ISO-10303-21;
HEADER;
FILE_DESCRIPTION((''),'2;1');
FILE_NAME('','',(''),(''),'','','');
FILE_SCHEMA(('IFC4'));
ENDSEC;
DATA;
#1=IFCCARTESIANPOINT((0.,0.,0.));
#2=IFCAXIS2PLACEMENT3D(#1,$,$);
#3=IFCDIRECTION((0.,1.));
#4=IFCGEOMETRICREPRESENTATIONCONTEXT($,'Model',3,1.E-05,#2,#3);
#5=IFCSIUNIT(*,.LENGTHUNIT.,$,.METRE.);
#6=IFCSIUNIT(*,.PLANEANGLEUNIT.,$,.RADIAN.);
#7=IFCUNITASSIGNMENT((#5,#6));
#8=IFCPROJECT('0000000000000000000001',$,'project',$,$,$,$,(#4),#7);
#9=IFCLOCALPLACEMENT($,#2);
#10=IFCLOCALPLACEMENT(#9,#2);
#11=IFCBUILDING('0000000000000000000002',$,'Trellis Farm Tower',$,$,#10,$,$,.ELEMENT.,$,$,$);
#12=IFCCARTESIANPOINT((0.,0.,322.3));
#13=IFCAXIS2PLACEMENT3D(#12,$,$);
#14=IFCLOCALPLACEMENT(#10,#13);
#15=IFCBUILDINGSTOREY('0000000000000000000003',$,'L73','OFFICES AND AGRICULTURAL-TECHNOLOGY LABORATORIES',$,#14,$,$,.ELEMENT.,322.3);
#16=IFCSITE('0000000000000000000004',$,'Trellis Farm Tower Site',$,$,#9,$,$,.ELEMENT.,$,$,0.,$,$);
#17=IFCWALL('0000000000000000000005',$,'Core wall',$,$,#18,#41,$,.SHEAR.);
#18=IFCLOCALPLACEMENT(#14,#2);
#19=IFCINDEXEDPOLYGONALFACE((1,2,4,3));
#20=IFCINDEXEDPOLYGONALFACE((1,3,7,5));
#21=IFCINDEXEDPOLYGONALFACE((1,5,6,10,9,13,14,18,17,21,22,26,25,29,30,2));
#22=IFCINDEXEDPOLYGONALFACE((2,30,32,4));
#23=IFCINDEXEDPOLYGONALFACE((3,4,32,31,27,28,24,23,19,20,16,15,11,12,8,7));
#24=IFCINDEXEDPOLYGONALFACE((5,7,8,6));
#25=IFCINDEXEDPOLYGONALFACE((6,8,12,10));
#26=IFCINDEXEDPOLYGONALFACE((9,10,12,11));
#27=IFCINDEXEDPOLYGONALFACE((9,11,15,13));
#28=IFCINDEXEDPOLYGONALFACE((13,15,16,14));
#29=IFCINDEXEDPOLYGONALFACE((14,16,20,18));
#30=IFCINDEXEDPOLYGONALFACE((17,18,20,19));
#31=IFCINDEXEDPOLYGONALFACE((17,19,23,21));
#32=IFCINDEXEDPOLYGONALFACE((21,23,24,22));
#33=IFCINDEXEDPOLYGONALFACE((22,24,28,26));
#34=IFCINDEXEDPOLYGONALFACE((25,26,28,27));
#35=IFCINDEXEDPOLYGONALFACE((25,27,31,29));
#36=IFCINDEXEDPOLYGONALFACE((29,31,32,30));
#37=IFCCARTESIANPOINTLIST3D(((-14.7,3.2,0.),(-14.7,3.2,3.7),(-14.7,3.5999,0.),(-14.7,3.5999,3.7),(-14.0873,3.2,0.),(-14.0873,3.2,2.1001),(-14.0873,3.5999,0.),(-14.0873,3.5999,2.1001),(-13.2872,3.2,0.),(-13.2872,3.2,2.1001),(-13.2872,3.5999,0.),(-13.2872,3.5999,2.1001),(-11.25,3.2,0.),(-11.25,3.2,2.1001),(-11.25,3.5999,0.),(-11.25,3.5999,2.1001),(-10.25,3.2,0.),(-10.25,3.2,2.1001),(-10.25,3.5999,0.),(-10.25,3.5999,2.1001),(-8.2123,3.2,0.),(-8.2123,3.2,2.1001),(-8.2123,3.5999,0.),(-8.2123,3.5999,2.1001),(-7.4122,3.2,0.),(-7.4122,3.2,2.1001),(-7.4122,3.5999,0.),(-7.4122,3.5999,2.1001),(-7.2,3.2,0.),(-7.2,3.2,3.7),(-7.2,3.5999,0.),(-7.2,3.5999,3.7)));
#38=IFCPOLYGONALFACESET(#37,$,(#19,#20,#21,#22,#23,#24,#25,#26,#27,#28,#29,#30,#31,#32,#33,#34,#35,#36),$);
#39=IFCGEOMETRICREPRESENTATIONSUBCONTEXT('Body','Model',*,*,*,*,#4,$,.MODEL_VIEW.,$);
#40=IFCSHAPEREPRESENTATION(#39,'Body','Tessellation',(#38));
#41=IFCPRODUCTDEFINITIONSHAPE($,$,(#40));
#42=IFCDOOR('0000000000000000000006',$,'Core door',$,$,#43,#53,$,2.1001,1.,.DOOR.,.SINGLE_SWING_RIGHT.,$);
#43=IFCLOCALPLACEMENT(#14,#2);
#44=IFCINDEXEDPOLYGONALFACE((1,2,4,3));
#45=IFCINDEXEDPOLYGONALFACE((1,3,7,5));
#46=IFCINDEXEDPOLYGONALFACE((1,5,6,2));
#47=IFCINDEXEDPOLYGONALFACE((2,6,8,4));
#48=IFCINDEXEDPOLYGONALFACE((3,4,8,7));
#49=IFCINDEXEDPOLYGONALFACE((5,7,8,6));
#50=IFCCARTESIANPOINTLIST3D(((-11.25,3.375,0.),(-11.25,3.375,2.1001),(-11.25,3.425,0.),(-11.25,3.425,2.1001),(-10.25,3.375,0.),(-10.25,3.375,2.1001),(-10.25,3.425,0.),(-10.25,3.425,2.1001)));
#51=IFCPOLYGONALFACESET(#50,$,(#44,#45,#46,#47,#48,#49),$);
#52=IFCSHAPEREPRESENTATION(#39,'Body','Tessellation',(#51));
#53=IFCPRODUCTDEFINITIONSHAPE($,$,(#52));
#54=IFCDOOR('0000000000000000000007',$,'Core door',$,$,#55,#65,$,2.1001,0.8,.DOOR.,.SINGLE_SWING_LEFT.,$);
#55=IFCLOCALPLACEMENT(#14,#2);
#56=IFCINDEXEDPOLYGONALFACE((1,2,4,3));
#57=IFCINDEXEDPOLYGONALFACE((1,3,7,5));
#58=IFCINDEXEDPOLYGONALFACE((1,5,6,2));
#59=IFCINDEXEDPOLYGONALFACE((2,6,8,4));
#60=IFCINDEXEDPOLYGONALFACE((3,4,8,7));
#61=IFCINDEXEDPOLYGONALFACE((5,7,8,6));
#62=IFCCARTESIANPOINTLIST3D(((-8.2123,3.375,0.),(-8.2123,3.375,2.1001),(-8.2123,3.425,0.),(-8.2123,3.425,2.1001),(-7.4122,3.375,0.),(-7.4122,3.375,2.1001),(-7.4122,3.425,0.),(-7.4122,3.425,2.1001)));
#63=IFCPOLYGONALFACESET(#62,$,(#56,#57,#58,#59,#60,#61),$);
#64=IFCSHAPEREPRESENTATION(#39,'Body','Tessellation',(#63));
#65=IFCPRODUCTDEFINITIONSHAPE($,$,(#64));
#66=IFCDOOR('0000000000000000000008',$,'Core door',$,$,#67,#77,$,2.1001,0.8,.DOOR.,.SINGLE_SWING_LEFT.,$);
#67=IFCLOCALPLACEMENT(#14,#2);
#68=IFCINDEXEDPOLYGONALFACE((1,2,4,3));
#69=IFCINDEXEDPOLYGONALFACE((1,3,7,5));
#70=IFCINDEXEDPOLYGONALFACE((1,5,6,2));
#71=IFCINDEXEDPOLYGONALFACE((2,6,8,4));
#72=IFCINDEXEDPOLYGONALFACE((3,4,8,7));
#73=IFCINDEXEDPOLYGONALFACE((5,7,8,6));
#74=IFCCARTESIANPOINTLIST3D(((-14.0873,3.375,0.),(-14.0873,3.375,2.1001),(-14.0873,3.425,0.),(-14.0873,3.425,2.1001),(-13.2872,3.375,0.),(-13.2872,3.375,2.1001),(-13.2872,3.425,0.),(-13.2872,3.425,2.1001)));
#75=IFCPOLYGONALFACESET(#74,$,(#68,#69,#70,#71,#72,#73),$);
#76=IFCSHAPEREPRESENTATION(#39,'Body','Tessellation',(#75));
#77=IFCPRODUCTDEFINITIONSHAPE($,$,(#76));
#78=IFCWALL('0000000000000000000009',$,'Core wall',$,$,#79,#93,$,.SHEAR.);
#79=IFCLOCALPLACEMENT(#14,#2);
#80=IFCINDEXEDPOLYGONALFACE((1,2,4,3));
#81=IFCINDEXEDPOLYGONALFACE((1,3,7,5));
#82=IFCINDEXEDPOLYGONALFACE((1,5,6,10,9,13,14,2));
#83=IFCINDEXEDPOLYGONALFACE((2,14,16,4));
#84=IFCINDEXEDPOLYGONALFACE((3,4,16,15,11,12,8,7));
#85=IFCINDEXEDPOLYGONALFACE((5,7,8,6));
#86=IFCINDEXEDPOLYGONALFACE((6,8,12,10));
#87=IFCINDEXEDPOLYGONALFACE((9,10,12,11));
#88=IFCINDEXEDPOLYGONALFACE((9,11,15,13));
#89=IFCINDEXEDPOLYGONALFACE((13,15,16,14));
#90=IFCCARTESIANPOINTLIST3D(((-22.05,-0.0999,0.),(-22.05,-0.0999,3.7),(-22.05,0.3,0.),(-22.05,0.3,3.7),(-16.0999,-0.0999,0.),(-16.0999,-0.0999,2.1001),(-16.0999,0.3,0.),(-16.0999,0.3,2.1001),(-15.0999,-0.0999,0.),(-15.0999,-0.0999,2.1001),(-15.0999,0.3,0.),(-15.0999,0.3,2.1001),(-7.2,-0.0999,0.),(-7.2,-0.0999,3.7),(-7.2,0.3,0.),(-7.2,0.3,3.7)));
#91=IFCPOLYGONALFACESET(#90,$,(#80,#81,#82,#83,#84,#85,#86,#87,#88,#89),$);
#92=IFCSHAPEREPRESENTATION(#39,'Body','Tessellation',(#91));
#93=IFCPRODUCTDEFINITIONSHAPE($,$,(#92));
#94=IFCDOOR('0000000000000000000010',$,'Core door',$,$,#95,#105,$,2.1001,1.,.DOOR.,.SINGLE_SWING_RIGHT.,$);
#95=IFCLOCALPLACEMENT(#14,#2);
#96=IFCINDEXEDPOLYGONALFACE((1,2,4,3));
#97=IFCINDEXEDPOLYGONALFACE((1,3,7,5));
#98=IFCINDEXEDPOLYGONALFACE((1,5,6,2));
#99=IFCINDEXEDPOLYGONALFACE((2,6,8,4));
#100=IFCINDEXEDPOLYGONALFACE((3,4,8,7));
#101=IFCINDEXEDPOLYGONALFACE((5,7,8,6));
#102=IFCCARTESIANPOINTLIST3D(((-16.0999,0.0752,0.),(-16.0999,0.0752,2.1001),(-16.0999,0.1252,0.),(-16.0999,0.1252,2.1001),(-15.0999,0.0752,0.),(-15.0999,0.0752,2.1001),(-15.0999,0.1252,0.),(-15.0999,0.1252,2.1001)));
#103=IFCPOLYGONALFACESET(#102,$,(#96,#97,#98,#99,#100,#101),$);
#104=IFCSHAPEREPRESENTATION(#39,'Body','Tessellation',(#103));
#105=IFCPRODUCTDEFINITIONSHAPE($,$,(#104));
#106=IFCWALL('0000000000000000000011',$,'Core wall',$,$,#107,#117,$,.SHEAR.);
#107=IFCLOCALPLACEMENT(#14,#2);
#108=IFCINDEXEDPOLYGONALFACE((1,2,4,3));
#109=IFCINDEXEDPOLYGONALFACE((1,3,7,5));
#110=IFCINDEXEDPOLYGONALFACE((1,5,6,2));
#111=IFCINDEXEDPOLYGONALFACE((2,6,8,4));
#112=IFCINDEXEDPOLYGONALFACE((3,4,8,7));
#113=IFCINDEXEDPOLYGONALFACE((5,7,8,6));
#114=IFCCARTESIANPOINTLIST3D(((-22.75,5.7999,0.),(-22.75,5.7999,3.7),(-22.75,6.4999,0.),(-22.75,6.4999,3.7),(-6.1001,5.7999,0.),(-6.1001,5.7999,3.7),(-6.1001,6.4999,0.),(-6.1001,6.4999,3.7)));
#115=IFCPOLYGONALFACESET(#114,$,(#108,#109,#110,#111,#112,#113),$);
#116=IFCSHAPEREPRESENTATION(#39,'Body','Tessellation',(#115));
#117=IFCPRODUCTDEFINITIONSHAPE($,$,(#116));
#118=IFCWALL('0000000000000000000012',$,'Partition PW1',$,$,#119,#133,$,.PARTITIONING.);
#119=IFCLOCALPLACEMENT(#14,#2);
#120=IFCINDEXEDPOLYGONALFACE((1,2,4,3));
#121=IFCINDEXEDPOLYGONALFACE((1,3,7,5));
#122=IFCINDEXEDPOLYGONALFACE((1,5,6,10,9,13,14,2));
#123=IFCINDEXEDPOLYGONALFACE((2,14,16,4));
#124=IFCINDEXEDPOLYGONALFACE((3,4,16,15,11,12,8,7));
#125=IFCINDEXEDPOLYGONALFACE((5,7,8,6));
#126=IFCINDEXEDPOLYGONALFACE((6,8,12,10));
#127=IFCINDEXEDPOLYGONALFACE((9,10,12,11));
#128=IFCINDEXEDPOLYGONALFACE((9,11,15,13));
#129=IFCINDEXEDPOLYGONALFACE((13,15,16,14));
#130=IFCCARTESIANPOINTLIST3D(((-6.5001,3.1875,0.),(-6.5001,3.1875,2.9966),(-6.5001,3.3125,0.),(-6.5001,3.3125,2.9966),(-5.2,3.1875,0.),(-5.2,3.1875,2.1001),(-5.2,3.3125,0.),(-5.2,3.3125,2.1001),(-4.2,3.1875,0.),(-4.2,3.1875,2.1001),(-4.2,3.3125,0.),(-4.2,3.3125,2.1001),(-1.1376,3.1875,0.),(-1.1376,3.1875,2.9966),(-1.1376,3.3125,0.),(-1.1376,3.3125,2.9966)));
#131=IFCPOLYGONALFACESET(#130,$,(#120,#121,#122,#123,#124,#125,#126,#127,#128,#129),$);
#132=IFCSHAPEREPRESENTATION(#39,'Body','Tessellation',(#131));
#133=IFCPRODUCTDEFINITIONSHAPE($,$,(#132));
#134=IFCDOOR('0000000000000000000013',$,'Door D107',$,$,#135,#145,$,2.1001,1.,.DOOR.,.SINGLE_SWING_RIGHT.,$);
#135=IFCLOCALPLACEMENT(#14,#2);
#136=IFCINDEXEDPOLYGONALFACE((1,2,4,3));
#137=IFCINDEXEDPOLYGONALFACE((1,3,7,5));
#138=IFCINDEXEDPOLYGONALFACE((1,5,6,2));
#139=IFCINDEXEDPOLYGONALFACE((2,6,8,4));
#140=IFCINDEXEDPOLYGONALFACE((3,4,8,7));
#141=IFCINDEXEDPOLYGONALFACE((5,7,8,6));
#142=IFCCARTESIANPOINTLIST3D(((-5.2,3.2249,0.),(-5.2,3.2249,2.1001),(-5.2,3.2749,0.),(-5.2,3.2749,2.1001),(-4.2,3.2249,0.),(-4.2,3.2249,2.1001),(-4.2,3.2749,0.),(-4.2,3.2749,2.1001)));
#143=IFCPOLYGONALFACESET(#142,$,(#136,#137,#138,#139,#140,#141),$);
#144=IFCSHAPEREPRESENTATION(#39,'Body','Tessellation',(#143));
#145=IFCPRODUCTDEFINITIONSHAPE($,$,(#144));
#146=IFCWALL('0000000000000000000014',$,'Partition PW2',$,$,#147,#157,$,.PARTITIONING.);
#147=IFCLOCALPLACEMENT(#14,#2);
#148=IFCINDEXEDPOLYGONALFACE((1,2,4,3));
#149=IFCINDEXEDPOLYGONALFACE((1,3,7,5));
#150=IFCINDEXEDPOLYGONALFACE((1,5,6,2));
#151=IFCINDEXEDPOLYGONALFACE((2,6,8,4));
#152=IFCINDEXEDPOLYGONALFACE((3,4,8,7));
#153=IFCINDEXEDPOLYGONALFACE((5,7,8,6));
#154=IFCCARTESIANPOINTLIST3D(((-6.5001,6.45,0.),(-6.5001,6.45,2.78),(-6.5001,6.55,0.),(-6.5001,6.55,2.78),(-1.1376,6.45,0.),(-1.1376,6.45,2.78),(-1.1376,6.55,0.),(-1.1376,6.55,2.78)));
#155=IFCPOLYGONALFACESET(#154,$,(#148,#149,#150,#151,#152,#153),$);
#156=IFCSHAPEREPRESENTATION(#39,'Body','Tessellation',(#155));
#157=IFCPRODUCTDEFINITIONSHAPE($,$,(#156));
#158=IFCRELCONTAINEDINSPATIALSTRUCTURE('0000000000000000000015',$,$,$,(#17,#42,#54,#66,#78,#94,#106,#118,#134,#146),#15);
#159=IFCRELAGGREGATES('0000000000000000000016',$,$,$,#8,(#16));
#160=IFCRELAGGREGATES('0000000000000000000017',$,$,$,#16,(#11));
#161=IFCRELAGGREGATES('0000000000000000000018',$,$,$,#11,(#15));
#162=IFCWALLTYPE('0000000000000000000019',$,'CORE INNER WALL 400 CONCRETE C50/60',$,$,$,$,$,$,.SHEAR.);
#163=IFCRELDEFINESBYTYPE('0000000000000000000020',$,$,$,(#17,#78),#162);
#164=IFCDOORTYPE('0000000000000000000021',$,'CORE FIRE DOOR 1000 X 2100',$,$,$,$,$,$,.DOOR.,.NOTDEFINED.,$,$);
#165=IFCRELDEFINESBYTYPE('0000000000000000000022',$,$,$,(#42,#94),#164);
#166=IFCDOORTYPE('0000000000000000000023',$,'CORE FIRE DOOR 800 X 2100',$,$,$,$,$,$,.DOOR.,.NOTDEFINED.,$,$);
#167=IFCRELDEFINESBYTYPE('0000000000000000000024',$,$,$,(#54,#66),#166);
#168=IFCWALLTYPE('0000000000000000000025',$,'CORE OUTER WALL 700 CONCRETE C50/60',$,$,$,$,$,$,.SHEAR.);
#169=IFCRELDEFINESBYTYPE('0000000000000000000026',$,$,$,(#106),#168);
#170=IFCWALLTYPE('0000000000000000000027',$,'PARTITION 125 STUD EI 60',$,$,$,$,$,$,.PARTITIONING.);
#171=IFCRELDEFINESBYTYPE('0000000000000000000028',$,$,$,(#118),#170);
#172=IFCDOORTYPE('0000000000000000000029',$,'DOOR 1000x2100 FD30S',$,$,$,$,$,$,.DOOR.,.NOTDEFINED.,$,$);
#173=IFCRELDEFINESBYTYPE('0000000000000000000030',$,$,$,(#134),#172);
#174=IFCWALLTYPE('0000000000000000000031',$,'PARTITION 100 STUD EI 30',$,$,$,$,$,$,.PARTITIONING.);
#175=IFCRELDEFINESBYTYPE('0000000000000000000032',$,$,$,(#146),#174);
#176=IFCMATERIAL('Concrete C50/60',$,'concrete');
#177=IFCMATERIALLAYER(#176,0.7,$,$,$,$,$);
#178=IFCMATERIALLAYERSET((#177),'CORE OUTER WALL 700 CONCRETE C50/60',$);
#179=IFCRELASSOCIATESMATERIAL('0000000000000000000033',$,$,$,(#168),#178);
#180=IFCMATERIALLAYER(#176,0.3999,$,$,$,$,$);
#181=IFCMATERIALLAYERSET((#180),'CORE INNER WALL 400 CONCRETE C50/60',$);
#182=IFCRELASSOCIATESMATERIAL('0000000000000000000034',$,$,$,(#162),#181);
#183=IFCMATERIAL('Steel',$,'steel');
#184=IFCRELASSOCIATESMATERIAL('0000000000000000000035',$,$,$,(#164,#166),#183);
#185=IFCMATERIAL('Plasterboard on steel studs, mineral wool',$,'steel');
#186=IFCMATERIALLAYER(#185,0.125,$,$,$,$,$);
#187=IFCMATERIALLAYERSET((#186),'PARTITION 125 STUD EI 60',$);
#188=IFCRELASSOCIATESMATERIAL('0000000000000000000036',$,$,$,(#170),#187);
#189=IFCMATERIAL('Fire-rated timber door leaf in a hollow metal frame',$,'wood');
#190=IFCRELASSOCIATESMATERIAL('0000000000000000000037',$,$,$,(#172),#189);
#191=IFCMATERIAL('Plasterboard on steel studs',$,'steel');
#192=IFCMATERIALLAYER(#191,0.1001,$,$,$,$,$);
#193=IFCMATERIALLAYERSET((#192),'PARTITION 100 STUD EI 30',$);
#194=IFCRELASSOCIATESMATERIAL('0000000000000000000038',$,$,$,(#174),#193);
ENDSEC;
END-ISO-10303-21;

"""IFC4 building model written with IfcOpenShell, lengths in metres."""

from ifc_helpers import new_model, si_unit, direction, frame, frame_2d, origin, place, context, subcontext, project, spatial, rectangle, extrude, source, transform, mapped, material, layer, layer_set, type_object, element, fill, save


model = new_model("IFC4")

# Units and contexts
model_context = context("Model", 3, precision=1e-05, world=origin(), true_north=direction((0.0, 1.0)))
body_context = subcontext(model_context, "Body", "Model", "MODEL_VIEW")
ifc_project = project(units=[si_unit("LENGTHUNIT", "METRE"), si_unit("PLANEANGLEUNIT", "RADIAN")], contexts=[model_context])

# Site, building, storey
site_placement = place(None, origin())
site = spatial("IfcSite", under=ifc_project, at=site_placement, Name="Trellis Farm Tower Site", CompositionType="ELEMENT", RefElevation=0.0)
building_placement = place(site_placement, origin())
building = spatial("IfcBuilding", under=site, at=building_placement, Name="Trellis Farm Tower", CompositionType="ELEMENT")
storey_placement = place(building_placement, frame((0.0, 0.0, 322.3)))
storey = spatial("IfcBuildingStorey", under=building, at=storey_placement, Name="L73", Description="OFFICES AND AGRICULTURAL-TECHNOLOGY LABORATORIES", CompositionType="ELEMENT", Elevation=322.3)

# Shared definitions
ifc_material_1 = material(Name="Concrete C50/60", Category="concrete")
ifc_layer_1 = layer(ifc_material_1, 0.7)
ifc_layer_set_1 = layer_set([ifc_layer_1], Name="CORE OUTER WALL 700 CONCRETE C50/60")
wall_type_1 = type_object("IfcWallType", Name="CORE OUTER WALL 700 CONCRETE C50/60", PredefinedType="SHEAR", material=ifc_layer_set_1)
ifc_material_2 = material(Name="Steel", Category="steel")

# Wall, openings, doors
ifc_layer_2 = layer(ifc_material_1, 0.3999)
ifc_layer_set_2 = layer_set([ifc_layer_2], Name="CORE INNER WALL 400 CONCRETE C50/60")
wall_type_2 = type_object("IfcWallType", Name="CORE INNER WALL 400 CONCRETE C50/60", PredefinedType="SHEAR", material=ifc_layer_set_2)
shared_shape_1 = source(origin(), body_context, "Body", "SweptSolid", [
    extrude(rectangle(XDim=7.5, YDim=0.3999, at=frame_2d((3.75, 0.0))), origin(), (0.0, 0.0, 1.0), 3.7),
])
wall_1_placement = place(storey_placement, frame((-7.2, 3.3999, 0.0), z_axis=(0.0, 0.0, 1.0), x_axis=(-1.0, 0.0, 0.0)))
wall_1 = element("IfcWall", 1, at=wall_1_placement, inside=storey, type_object=wall_type_2, Name="Core wall", PredefinedType="SHEAR", context=body_context, shape_type="MappedRepresentation", body=[
    mapped(shared_shape_1, transform((0.0, 0.0, 0.0))),
])
shared_shape_2 = source(origin(), body_context, "Body", "SweptSolid", [
    extrude(rectangle(XDim=0.8, YDim=2.1001, at=frame_2d((0.3999, 1.05))), frame((0.0, 0.21, 0.0), z_axis=(0.0, -1.0, 0.0), x_axis=(1.0, 0.0, 0.0)), (0.0, 0.0, 1.0), 0.4199),
])
opening_1_placement = place(wall_1_placement, frame((0.2124, 0.0, 0.0)))
opening_1 = element("IfcOpeningElement", 2, at=opening_1_placement, cuts=wall_1, PredefinedType="OPENING", context=body_context, shape_type="MappedRepresentation", body=[
    mapped(shared_shape_2, transform((0.0, 0.0, 0.0))),
])
shared_shape_3 = source(origin(), body_context, "Body", "SweptSolid", [
    extrude(rectangle(XDim=1.0, YDim=2.1001, at=frame_2d((0.5, 1.05))), frame((0.0, 0.21, 0.0), z_axis=(0.0, -1.0, 0.0), x_axis=(1.0, 0.0, 0.0)), (0.0, 0.0, 1.0), 0.4199),
])
opening_2_placement = place(wall_1_placement, frame((3.05, 0.0, 0.0)))
opening_2 = element("IfcOpeningElement", 3, at=opening_2_placement, cuts=wall_1, PredefinedType="OPENING", context=body_context, shape_type="MappedRepresentation", body=[
    mapped(shared_shape_3, transform((0.0, 0.0, 0.0))),
])
opening_3_placement = place(wall_1_placement, frame((6.0874, 0.0, 0.0)))
opening_3 = element("IfcOpeningElement", 4, at=opening_3_placement, cuts=wall_1, PredefinedType="OPENING", context=body_context, shape_type="MappedRepresentation", body=[
    mapped(shared_shape_2, transform((0.0, 0.0, 0.0))),
])
door_type_1 = type_object("IfcDoorType", Name="CORE FIRE DOOR 1000 X 2100", OperationType="NOTDEFINED", PredefinedType="DOOR", material=ifc_material_2)
shared_shape_4 = source(origin(), body_context, "Body", "SweptSolid", [
    extrude(rectangle(XDim=1.0, YDim=2.1001, at=frame_2d((0.5, 1.05))), frame((0.0, 0.0249, 0.0), z_axis=(0.0, -1.0, 0.0), x_axis=(1.0, 0.0, 0.0)), (0.0, 0.0, 1.0), 0.05),
])
door_1_placement = place(opening_2_placement, origin())
door_1 = element("IfcDoor", 5, at=door_1_placement, inside=storey, type_object=door_type_1, Name="Core door", OperationType="SINGLE_SWING_RIGHT", OverallHeight=2.1001, OverallWidth=1.0, PredefinedType="DOOR", context=body_context, shape_type="MappedRepresentation", body=[
    mapped(shared_shape_4, transform((0.0, 0.0, 0.0))),
])
fill(opening_2, door_1)
door_type_2 = type_object("IfcDoorType", Name="CORE FIRE DOOR 800 X 2100", OperationType="NOTDEFINED", PredefinedType="DOOR", material=ifc_material_2)
shared_shape_5 = source(origin(), body_context, "Body", "SweptSolid", [
    extrude(rectangle(XDim=0.8, YDim=2.1001, at=frame_2d((0.3999, 1.05))), frame((0.0, 0.0249, 0.0), z_axis=(0.0, -1.0, 0.0), x_axis=(1.0, 0.0, 0.0)), (0.0, 0.0, 1.0), 0.05),
])
door_2_placement = place(opening_1_placement, origin())
door_2 = element("IfcDoor", 6, at=door_2_placement, inside=storey, type_object=door_type_2, Name="Core door", OperationType="SINGLE_SWING_LEFT", OverallHeight=2.1001, OverallWidth=0.8, PredefinedType="DOOR", context=body_context, shape_type="MappedRepresentation", body=[
    mapped(shared_shape_5, transform((0.0, 0.0, 0.0))),
])
fill(opening_1, door_2)
door_3_placement = place(opening_3_placement, origin())
door_3 = element("IfcDoor", 7, at=door_3_placement, inside=storey, type_object=door_type_2, Name="Core door", OperationType="SINGLE_SWING_LEFT", OverallHeight=2.1001, OverallWidth=0.8, PredefinedType="DOOR", context=body_context, shape_type="MappedRepresentation", body=[
    mapped(shared_shape_5, transform((0.0, 0.0, 0.0))),
])
fill(opening_3, door_3)

# Wall, opening, door
shared_shape_6 = source(origin(), body_context, "Body", "SweptSolid", [
    extrude(rectangle(XDim=14.8501, YDim=0.3999, at=frame_2d((7.425, 0.0))), origin(), (0.0, 0.0, 1.0), 3.7),
])
wall_2_placement = place(storey_placement, frame((-7.2, 0.1001, 0.0), z_axis=(0.0, 0.0, 1.0), x_axis=(-1.0, 0.0, 0.0)))
wall_2 = element("IfcWall", 8, at=wall_2_placement, inside=storey, type_object=wall_type_2, Name="Core wall", PredefinedType="SHEAR", context=body_context, shape_type="MappedRepresentation", body=[
    mapped(shared_shape_6, transform((0.0, 0.0, 0.0))),
])
opening_4_placement = place(wall_2_placement, frame((7.8999, 0.0, 0.0)))
opening_4 = element("IfcOpeningElement", 9, at=opening_4_placement, cuts=wall_2, PredefinedType="OPENING", context=body_context, shape_type="MappedRepresentation", body=[
    mapped(shared_shape_3, transform((0.0, 0.0, 0.0))),
])
door_4_placement = place(opening_4_placement, origin())
door_4 = element("IfcDoor", 10, at=door_4_placement, inside=storey, type_object=door_type_1, Name="Core door", OperationType="SINGLE_SWING_RIGHT", OverallHeight=2.1001, OverallWidth=1.0, PredefinedType="DOOR", context=body_context, shape_type="MappedRepresentation", body=[
    mapped(shared_shape_4, transform((0.0, 0.0, 0.0))),
])
fill(opening_4, door_4)

# Wall
shared_shape_7 = source(origin(), body_context, "Body", "SweptSolid", [
    extrude(rectangle(XDim=16.6499, YDim=0.7, at=frame_2d((8.325, 0.0))), origin(), (0.0, 0.0, 1.0), 3.7),
])
wall_3_placement = place(storey_placement, frame((-6.1001, 6.1499, 0.0), z_axis=(0.0, 0.0, 1.0), x_axis=(-1.0, 0.0, 0.0)))
element("IfcWall", 11, at=wall_3_placement, inside=storey, type_object=wall_type_1, Name="Core wall", PredefinedType="SHEAR", context=body_context, shape_type="MappedRepresentation", body=[
    mapped(shared_shape_7, transform((0.0, 0.0, 0.0))),
])

# Wall, opening, door
ifc_material_3 = material(Name="Plasterboard on steel studs, mineral wool", Category="steel")
ifc_layer_3 = layer(ifc_material_3, 0.125)
ifc_layer_set_3 = layer_set([ifc_layer_3], Name="PARTITION 125 STUD EI 60")
wall_type_3 = type_object("IfcWallType", Name="PARTITION 125 STUD EI 60", PredefinedType="PARTITIONING", material=ifc_layer_set_3)
shared_shape_8 = source(origin(), body_context, "Body", "SweptSolid", [
    extrude(rectangle(XDim=5.3625, YDim=0.125, at=frame_2d((2.6812, 0.0))), origin(), (0.0, 0.0, 1.0), 2.9966),
])
wall_4_placement = place(storey_placement, frame((-6.5, 3.25, 0.0), z_axis=(0.0, 0.0, 1.0), x_axis=(1.0, 0.0, 0.0)))
wall_4 = element("IfcWall", 12, at=wall_4_placement, inside=storey, type_object=wall_type_3, Name="Partition PW1", PredefinedType="PARTITIONING", context=body_context, shape_type="MappedRepresentation", body=[
    mapped(shared_shape_8, transform((0.0, 0.0, 0.0))),
])
shared_shape_9 = source(origin(), body_context, "Body", "SweptSolid", [
    extrude(rectangle(XDim=1.0, YDim=2.1001, at=frame_2d((0.5, 1.05))), frame((0.0, 0.0725, 0.0), z_axis=(0.0, -1.0, 0.0), x_axis=(1.0, 0.0, 0.0)), (0.0, 0.0, 1.0), 0.145),
])
opening_5_placement = place(wall_4_placement, frame((1.3, 0.0, 0.0)))
opening_5 = element("IfcOpeningElement", 13, at=opening_5_placement, cuts=wall_4, PredefinedType="OPENING", context=body_context, shape_type="MappedRepresentation", body=[
    mapped(shared_shape_9, transform((0.0, 0.0, 0.0))),
])
ifc_material_4 = material(Name="Fire-rated timber door leaf in a hollow metal frame", Category="wood")
door_type_3 = type_object("IfcDoorType", Name="DOOR 1000x2100 FD30S", OperationType="NOTDEFINED", PredefinedType="DOOR", material=ifc_material_4)
door_5_placement = place(opening_5_placement, origin())
door_5 = element("IfcDoor", 14, at=door_5_placement, inside=storey, type_object=door_type_3, Name="Door D107", OperationType="SINGLE_SWING_RIGHT", OverallHeight=2.1001, OverallWidth=1.0, PredefinedType="DOOR", context=body_context, shape_type="MappedRepresentation", body=[
    mapped(shared_shape_4, transform((0.0, 0.0, 0.0))),
])
fill(opening_5, door_5)

# Wall
ifc_material_5 = material(Name="Plasterboard on steel studs", Category="steel")
ifc_layer_4 = layer(ifc_material_5, 0.1001)
ifc_layer_set_4 = layer_set([ifc_layer_4], Name="PARTITION 100 STUD EI 30")
wall_type_4 = type_object("IfcWallType", Name="PARTITION 100 STUD EI 30", PredefinedType="PARTITIONING", material=ifc_layer_set_4)
shared_shape_10 = source(origin(), body_context, "Body", "SweptSolid", [
    extrude(rectangle(XDim=5.3625, YDim=0.1001, at=frame_2d((2.6812, 0.0))), origin(), (0.0, 0.0, 1.0), 2.78),
])
wall_5_placement = place(storey_placement, frame((-6.5, 6.5, 0.0), z_axis=(0.0, 0.0, 1.0), x_axis=(1.0, 0.0, 0.0)))
element("IfcWall", 15, at=wall_5_placement, inside=storey, type_object=wall_type_4, Name="Partition PW2", PredefinedType="PARTITIONING", context=body_context, shape_type="MappedRepresentation", body=[
    mapped(shared_shape_10, transform((0.0, 0.0, 0.0))),
])

save(model, "model.ifc")
